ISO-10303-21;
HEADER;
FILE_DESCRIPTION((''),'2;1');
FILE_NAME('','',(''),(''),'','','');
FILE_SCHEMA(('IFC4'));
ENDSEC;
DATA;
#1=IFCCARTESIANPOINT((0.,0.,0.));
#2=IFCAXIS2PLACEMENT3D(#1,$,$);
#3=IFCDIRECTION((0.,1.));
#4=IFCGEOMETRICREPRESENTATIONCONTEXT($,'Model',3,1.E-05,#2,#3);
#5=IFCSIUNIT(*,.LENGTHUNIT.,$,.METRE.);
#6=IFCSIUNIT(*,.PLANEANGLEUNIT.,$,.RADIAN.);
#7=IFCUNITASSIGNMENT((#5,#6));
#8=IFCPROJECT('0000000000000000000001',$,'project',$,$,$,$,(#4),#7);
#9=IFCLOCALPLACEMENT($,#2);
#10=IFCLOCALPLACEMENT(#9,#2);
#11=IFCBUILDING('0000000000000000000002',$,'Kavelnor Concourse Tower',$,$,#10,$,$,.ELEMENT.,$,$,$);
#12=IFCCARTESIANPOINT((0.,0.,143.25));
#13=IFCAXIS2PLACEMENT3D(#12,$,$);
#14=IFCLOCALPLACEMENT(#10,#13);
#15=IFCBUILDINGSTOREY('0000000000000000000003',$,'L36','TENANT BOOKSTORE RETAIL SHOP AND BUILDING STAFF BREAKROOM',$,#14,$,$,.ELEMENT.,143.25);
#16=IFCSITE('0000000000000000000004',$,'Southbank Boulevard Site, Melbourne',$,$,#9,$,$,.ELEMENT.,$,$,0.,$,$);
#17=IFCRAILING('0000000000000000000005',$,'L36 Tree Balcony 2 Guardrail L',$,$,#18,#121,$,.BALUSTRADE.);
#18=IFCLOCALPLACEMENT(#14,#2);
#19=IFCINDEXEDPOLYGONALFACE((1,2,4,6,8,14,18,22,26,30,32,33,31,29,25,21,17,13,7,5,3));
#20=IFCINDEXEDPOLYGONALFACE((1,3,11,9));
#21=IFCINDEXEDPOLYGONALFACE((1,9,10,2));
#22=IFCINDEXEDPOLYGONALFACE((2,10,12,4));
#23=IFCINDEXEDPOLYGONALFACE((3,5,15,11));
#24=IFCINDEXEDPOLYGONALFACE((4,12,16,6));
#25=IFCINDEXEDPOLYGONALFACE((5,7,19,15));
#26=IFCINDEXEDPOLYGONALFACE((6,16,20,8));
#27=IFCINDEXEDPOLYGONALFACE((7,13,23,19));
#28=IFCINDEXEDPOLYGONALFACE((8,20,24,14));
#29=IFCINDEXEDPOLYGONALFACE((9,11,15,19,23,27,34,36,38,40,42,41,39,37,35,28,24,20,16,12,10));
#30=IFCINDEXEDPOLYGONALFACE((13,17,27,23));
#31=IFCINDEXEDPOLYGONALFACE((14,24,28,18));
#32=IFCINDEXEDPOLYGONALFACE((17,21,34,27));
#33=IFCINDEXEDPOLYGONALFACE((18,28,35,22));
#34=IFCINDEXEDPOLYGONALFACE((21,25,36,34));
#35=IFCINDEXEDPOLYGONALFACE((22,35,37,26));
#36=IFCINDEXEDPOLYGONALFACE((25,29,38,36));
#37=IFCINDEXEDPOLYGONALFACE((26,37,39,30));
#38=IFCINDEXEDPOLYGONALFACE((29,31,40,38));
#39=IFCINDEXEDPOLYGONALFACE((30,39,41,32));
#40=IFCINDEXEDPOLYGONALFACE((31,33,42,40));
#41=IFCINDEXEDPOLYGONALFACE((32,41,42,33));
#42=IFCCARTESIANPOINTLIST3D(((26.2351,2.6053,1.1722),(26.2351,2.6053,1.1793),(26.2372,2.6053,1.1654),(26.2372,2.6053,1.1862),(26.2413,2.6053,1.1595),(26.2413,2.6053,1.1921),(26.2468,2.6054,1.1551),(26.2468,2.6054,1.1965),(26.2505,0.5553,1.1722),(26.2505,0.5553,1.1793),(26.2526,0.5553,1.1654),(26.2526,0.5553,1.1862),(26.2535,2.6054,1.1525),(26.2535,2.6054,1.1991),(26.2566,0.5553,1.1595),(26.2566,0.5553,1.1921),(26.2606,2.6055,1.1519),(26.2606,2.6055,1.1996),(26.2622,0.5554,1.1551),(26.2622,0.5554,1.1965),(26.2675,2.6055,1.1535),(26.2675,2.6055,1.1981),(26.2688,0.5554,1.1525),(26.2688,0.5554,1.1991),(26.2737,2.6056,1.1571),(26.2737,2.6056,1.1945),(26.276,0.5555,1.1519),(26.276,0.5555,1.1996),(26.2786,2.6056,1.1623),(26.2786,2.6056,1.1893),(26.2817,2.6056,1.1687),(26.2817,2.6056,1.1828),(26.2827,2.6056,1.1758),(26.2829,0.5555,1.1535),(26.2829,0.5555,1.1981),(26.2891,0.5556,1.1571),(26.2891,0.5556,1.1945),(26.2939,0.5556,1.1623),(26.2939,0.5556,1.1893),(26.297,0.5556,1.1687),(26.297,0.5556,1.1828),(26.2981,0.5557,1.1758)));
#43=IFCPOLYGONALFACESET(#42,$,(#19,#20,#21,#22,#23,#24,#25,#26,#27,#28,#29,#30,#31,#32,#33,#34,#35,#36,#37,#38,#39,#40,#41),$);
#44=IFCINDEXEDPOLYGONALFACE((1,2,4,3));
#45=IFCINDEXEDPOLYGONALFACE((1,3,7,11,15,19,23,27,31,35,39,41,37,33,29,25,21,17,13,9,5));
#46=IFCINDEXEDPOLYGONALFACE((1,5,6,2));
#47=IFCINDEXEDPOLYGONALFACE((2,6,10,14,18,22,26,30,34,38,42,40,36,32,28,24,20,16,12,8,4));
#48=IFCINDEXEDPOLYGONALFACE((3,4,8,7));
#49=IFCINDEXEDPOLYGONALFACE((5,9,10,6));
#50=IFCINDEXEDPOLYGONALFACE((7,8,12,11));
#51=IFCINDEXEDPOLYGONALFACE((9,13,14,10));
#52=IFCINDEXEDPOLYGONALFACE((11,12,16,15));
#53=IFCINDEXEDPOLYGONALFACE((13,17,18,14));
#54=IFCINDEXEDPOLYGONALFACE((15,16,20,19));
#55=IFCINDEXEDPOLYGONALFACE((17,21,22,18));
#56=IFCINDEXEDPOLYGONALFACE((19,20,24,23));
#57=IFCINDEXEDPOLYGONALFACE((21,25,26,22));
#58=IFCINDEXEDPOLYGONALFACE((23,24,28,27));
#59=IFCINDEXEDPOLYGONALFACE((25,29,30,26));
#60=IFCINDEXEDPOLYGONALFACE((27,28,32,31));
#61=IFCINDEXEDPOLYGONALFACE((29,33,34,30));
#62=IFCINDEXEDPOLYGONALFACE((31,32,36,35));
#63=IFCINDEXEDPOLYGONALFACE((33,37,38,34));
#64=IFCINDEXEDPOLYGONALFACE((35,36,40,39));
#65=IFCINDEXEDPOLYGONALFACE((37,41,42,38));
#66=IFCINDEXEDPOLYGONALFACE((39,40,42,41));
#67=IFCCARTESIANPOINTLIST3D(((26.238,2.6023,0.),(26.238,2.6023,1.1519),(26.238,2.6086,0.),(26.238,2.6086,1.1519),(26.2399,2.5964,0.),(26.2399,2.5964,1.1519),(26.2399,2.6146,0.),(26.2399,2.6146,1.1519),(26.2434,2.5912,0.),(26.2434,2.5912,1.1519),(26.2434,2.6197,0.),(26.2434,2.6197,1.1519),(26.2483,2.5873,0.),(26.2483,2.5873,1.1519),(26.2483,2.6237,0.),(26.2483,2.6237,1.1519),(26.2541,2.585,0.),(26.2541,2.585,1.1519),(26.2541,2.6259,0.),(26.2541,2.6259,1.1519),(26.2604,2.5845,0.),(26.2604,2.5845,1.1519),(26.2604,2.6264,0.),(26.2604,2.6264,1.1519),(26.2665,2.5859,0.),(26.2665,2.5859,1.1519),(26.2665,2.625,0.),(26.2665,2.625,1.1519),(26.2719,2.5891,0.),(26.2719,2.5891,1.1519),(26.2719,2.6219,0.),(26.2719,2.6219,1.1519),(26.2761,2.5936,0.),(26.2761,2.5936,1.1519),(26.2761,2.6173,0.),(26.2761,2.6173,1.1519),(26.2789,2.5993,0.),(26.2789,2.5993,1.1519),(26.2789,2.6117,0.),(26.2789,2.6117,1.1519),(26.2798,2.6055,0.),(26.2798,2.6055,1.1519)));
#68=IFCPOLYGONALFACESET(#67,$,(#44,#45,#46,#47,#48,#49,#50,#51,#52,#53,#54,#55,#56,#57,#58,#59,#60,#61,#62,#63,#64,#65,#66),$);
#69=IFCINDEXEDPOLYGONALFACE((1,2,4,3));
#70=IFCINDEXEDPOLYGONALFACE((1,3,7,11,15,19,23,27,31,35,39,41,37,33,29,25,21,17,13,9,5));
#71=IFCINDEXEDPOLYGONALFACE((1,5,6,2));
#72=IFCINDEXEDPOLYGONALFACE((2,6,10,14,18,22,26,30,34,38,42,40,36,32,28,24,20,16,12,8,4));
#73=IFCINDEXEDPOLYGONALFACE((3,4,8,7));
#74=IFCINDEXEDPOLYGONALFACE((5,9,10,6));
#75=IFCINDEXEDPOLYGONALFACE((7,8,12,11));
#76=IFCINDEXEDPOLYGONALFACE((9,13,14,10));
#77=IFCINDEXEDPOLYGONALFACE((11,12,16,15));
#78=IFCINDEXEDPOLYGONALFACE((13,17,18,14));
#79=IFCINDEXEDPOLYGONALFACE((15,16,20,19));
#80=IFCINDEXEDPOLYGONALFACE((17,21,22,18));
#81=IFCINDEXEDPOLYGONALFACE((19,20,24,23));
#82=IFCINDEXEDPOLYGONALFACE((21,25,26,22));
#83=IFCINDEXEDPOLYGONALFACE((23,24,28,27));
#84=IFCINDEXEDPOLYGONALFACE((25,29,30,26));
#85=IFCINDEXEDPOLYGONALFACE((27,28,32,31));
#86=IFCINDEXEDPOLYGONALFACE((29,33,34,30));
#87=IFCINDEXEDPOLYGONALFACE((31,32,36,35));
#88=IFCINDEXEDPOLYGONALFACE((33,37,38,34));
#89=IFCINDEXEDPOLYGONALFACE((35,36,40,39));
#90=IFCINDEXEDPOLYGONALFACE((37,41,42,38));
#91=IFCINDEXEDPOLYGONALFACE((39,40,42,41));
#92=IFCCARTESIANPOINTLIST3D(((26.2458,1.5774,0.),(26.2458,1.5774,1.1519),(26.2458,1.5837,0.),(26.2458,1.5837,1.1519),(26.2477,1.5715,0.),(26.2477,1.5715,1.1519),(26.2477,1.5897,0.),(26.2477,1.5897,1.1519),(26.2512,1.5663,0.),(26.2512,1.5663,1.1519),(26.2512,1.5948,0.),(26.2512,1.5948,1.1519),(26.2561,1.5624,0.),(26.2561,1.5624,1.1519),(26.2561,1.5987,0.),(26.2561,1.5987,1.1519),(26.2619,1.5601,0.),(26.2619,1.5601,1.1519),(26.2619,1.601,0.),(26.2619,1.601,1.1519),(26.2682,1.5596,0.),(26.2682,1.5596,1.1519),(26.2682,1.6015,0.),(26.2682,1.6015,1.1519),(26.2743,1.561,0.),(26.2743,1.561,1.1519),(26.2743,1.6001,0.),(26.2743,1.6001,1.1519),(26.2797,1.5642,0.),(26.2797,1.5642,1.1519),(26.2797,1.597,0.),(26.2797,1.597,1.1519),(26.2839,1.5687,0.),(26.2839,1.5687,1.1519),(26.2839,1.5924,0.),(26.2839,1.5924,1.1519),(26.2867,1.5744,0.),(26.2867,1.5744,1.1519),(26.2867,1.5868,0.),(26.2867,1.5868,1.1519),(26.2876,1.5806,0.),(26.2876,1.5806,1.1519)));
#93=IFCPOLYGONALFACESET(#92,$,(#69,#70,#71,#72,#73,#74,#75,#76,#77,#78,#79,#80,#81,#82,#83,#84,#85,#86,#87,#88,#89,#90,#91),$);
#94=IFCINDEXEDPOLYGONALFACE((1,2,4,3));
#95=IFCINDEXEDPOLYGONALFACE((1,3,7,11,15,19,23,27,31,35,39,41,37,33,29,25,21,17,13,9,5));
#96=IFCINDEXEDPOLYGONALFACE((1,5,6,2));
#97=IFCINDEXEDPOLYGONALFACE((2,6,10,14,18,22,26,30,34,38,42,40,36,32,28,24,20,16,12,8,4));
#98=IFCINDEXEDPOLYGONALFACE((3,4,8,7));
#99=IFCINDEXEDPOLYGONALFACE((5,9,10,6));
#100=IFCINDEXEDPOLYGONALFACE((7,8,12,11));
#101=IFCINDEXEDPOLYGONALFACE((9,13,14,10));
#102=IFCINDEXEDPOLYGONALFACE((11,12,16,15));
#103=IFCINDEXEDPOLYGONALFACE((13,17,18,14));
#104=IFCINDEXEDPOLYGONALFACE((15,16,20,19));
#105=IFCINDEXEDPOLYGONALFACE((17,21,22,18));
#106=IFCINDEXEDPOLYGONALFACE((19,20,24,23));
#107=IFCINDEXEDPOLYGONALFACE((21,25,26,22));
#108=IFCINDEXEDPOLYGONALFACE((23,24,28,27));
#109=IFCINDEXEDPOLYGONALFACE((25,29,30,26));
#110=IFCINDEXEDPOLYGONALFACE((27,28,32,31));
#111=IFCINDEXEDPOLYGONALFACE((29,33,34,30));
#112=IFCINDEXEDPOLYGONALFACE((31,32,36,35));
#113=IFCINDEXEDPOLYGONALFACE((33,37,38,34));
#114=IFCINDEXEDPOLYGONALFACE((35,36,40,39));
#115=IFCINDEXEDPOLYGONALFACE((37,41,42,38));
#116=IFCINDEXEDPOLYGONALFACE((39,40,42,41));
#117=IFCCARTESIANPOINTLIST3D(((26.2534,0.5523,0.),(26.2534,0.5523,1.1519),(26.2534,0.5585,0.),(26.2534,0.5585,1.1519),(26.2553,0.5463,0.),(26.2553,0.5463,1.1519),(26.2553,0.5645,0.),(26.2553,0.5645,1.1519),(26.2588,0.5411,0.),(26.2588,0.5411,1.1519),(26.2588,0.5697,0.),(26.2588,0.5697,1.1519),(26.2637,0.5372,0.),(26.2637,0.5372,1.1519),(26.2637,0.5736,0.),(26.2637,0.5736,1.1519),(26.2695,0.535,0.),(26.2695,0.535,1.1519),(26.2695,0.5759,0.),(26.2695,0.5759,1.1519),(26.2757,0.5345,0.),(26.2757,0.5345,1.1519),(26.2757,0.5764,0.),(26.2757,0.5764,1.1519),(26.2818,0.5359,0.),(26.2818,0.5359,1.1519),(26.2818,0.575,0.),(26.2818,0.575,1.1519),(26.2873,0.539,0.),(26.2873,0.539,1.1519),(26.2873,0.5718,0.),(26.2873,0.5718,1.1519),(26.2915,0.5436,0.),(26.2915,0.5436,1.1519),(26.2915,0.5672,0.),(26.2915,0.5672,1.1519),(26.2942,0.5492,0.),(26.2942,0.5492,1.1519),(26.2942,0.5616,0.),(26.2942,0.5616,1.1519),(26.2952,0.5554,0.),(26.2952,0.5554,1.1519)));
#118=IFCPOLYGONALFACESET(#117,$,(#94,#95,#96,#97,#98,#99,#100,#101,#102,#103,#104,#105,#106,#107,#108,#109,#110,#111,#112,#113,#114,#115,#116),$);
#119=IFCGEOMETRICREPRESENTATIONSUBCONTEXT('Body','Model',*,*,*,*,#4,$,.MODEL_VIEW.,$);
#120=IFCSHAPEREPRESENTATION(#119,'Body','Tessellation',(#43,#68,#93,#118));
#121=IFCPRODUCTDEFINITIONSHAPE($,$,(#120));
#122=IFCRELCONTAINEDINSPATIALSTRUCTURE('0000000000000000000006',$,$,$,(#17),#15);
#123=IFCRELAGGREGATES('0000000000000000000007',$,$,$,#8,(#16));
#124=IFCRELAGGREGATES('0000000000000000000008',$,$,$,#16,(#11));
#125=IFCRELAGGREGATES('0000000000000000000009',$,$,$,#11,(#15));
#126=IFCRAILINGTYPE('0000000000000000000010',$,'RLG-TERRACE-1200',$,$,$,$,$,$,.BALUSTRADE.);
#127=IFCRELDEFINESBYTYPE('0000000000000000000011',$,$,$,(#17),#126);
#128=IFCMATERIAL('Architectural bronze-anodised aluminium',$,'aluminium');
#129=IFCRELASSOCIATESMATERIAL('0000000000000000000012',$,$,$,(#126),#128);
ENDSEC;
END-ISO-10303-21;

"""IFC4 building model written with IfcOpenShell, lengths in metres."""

from ifc_helpers import new_model, si_unit, direction, frame, origin, origin_2d, place, context, subcontext, project, spatial, circle, extrude, material, type_object, element, save


model = new_model("IFC4")

# Units and contexts
model_context = context("Model", 3, precision=1e-05, world=origin(), true_north=direction((0.0, 1.0)))
body_context = subcontext(model_context, "Body", "Model", "MODEL_VIEW")
ifc_project = project(units=[si_unit("LENGTHUNIT", "METRE"), si_unit("PLANEANGLEUNIT", "RADIAN")], contexts=[model_context])

# Site, building, storey
site_placement = place(None, origin())
site = spatial("IfcSite", under=ifc_project, at=site_placement, Name="Southbank Boulevard Site, Melbourne", CompositionType="ELEMENT", RefElevation=0.0)
building_placement = place(site_placement, origin())
building = spatial("IfcBuilding", under=site, at=building_placement, Name="Kavelnor Concourse Tower", CompositionType="ELEMENT")
storey_placement = place(building_placement, frame((0.0, 0.0, 143.25)))
storey = spatial("IfcBuildingStorey", under=building, at=storey_placement, Name="L36", Description="TENANT BOOKSTORE RETAIL SHOP AND BUILDING STAFF BREAKROOM", CompositionType="ELEMENT", Elevation=143.25)

# Railing
ifc_material_1 = material(Name="Architectural bronze-anodised aluminium", Category="aluminium")
railing_type = type_object("IfcRailingType", Name="RLG-TERRACE-1200", PredefinedType="BALUSTRADE", material=ifc_material_1)
railing_1_placement = place(storey_placement, frame((26.2588, 2.6055, 0.0)))
element("IfcRailing", 1, at=railing_1_placement, inside=storey, type_object=railing_type, Name="L36 Tree Balcony 2 Guardrail L", PredefinedType="BALUSTRADE", context=body_context, shape_type="SweptSolid", body=[
    extrude(circle(Radius=0.0239, at=origin_2d()), frame((0.0, 0.0, 1.1758), z_axis=(0.007502, -0.999972, 0.0), x_axis=(0.999972, 0.007502, 0.0)), (0.0, 0.0, 1.0), 2.05),
    extrude(circle(Radius=0.021, at=origin_2d()), origin(), (0.0, 0.0, 1.0), 1.1519),
    extrude(circle(Radius=0.021, at=origin_2d()), frame((0.0078, -1.0249, 0.0)), (0.0, 0.0, 1.0), 1.1519),
    extrude(circle(Radius=0.021, at=origin_2d()), frame((0.0154, -2.05, 0.0)), (0.0, 0.0, 1.0), 1.1519),
])

save(model, "model.ifc")
